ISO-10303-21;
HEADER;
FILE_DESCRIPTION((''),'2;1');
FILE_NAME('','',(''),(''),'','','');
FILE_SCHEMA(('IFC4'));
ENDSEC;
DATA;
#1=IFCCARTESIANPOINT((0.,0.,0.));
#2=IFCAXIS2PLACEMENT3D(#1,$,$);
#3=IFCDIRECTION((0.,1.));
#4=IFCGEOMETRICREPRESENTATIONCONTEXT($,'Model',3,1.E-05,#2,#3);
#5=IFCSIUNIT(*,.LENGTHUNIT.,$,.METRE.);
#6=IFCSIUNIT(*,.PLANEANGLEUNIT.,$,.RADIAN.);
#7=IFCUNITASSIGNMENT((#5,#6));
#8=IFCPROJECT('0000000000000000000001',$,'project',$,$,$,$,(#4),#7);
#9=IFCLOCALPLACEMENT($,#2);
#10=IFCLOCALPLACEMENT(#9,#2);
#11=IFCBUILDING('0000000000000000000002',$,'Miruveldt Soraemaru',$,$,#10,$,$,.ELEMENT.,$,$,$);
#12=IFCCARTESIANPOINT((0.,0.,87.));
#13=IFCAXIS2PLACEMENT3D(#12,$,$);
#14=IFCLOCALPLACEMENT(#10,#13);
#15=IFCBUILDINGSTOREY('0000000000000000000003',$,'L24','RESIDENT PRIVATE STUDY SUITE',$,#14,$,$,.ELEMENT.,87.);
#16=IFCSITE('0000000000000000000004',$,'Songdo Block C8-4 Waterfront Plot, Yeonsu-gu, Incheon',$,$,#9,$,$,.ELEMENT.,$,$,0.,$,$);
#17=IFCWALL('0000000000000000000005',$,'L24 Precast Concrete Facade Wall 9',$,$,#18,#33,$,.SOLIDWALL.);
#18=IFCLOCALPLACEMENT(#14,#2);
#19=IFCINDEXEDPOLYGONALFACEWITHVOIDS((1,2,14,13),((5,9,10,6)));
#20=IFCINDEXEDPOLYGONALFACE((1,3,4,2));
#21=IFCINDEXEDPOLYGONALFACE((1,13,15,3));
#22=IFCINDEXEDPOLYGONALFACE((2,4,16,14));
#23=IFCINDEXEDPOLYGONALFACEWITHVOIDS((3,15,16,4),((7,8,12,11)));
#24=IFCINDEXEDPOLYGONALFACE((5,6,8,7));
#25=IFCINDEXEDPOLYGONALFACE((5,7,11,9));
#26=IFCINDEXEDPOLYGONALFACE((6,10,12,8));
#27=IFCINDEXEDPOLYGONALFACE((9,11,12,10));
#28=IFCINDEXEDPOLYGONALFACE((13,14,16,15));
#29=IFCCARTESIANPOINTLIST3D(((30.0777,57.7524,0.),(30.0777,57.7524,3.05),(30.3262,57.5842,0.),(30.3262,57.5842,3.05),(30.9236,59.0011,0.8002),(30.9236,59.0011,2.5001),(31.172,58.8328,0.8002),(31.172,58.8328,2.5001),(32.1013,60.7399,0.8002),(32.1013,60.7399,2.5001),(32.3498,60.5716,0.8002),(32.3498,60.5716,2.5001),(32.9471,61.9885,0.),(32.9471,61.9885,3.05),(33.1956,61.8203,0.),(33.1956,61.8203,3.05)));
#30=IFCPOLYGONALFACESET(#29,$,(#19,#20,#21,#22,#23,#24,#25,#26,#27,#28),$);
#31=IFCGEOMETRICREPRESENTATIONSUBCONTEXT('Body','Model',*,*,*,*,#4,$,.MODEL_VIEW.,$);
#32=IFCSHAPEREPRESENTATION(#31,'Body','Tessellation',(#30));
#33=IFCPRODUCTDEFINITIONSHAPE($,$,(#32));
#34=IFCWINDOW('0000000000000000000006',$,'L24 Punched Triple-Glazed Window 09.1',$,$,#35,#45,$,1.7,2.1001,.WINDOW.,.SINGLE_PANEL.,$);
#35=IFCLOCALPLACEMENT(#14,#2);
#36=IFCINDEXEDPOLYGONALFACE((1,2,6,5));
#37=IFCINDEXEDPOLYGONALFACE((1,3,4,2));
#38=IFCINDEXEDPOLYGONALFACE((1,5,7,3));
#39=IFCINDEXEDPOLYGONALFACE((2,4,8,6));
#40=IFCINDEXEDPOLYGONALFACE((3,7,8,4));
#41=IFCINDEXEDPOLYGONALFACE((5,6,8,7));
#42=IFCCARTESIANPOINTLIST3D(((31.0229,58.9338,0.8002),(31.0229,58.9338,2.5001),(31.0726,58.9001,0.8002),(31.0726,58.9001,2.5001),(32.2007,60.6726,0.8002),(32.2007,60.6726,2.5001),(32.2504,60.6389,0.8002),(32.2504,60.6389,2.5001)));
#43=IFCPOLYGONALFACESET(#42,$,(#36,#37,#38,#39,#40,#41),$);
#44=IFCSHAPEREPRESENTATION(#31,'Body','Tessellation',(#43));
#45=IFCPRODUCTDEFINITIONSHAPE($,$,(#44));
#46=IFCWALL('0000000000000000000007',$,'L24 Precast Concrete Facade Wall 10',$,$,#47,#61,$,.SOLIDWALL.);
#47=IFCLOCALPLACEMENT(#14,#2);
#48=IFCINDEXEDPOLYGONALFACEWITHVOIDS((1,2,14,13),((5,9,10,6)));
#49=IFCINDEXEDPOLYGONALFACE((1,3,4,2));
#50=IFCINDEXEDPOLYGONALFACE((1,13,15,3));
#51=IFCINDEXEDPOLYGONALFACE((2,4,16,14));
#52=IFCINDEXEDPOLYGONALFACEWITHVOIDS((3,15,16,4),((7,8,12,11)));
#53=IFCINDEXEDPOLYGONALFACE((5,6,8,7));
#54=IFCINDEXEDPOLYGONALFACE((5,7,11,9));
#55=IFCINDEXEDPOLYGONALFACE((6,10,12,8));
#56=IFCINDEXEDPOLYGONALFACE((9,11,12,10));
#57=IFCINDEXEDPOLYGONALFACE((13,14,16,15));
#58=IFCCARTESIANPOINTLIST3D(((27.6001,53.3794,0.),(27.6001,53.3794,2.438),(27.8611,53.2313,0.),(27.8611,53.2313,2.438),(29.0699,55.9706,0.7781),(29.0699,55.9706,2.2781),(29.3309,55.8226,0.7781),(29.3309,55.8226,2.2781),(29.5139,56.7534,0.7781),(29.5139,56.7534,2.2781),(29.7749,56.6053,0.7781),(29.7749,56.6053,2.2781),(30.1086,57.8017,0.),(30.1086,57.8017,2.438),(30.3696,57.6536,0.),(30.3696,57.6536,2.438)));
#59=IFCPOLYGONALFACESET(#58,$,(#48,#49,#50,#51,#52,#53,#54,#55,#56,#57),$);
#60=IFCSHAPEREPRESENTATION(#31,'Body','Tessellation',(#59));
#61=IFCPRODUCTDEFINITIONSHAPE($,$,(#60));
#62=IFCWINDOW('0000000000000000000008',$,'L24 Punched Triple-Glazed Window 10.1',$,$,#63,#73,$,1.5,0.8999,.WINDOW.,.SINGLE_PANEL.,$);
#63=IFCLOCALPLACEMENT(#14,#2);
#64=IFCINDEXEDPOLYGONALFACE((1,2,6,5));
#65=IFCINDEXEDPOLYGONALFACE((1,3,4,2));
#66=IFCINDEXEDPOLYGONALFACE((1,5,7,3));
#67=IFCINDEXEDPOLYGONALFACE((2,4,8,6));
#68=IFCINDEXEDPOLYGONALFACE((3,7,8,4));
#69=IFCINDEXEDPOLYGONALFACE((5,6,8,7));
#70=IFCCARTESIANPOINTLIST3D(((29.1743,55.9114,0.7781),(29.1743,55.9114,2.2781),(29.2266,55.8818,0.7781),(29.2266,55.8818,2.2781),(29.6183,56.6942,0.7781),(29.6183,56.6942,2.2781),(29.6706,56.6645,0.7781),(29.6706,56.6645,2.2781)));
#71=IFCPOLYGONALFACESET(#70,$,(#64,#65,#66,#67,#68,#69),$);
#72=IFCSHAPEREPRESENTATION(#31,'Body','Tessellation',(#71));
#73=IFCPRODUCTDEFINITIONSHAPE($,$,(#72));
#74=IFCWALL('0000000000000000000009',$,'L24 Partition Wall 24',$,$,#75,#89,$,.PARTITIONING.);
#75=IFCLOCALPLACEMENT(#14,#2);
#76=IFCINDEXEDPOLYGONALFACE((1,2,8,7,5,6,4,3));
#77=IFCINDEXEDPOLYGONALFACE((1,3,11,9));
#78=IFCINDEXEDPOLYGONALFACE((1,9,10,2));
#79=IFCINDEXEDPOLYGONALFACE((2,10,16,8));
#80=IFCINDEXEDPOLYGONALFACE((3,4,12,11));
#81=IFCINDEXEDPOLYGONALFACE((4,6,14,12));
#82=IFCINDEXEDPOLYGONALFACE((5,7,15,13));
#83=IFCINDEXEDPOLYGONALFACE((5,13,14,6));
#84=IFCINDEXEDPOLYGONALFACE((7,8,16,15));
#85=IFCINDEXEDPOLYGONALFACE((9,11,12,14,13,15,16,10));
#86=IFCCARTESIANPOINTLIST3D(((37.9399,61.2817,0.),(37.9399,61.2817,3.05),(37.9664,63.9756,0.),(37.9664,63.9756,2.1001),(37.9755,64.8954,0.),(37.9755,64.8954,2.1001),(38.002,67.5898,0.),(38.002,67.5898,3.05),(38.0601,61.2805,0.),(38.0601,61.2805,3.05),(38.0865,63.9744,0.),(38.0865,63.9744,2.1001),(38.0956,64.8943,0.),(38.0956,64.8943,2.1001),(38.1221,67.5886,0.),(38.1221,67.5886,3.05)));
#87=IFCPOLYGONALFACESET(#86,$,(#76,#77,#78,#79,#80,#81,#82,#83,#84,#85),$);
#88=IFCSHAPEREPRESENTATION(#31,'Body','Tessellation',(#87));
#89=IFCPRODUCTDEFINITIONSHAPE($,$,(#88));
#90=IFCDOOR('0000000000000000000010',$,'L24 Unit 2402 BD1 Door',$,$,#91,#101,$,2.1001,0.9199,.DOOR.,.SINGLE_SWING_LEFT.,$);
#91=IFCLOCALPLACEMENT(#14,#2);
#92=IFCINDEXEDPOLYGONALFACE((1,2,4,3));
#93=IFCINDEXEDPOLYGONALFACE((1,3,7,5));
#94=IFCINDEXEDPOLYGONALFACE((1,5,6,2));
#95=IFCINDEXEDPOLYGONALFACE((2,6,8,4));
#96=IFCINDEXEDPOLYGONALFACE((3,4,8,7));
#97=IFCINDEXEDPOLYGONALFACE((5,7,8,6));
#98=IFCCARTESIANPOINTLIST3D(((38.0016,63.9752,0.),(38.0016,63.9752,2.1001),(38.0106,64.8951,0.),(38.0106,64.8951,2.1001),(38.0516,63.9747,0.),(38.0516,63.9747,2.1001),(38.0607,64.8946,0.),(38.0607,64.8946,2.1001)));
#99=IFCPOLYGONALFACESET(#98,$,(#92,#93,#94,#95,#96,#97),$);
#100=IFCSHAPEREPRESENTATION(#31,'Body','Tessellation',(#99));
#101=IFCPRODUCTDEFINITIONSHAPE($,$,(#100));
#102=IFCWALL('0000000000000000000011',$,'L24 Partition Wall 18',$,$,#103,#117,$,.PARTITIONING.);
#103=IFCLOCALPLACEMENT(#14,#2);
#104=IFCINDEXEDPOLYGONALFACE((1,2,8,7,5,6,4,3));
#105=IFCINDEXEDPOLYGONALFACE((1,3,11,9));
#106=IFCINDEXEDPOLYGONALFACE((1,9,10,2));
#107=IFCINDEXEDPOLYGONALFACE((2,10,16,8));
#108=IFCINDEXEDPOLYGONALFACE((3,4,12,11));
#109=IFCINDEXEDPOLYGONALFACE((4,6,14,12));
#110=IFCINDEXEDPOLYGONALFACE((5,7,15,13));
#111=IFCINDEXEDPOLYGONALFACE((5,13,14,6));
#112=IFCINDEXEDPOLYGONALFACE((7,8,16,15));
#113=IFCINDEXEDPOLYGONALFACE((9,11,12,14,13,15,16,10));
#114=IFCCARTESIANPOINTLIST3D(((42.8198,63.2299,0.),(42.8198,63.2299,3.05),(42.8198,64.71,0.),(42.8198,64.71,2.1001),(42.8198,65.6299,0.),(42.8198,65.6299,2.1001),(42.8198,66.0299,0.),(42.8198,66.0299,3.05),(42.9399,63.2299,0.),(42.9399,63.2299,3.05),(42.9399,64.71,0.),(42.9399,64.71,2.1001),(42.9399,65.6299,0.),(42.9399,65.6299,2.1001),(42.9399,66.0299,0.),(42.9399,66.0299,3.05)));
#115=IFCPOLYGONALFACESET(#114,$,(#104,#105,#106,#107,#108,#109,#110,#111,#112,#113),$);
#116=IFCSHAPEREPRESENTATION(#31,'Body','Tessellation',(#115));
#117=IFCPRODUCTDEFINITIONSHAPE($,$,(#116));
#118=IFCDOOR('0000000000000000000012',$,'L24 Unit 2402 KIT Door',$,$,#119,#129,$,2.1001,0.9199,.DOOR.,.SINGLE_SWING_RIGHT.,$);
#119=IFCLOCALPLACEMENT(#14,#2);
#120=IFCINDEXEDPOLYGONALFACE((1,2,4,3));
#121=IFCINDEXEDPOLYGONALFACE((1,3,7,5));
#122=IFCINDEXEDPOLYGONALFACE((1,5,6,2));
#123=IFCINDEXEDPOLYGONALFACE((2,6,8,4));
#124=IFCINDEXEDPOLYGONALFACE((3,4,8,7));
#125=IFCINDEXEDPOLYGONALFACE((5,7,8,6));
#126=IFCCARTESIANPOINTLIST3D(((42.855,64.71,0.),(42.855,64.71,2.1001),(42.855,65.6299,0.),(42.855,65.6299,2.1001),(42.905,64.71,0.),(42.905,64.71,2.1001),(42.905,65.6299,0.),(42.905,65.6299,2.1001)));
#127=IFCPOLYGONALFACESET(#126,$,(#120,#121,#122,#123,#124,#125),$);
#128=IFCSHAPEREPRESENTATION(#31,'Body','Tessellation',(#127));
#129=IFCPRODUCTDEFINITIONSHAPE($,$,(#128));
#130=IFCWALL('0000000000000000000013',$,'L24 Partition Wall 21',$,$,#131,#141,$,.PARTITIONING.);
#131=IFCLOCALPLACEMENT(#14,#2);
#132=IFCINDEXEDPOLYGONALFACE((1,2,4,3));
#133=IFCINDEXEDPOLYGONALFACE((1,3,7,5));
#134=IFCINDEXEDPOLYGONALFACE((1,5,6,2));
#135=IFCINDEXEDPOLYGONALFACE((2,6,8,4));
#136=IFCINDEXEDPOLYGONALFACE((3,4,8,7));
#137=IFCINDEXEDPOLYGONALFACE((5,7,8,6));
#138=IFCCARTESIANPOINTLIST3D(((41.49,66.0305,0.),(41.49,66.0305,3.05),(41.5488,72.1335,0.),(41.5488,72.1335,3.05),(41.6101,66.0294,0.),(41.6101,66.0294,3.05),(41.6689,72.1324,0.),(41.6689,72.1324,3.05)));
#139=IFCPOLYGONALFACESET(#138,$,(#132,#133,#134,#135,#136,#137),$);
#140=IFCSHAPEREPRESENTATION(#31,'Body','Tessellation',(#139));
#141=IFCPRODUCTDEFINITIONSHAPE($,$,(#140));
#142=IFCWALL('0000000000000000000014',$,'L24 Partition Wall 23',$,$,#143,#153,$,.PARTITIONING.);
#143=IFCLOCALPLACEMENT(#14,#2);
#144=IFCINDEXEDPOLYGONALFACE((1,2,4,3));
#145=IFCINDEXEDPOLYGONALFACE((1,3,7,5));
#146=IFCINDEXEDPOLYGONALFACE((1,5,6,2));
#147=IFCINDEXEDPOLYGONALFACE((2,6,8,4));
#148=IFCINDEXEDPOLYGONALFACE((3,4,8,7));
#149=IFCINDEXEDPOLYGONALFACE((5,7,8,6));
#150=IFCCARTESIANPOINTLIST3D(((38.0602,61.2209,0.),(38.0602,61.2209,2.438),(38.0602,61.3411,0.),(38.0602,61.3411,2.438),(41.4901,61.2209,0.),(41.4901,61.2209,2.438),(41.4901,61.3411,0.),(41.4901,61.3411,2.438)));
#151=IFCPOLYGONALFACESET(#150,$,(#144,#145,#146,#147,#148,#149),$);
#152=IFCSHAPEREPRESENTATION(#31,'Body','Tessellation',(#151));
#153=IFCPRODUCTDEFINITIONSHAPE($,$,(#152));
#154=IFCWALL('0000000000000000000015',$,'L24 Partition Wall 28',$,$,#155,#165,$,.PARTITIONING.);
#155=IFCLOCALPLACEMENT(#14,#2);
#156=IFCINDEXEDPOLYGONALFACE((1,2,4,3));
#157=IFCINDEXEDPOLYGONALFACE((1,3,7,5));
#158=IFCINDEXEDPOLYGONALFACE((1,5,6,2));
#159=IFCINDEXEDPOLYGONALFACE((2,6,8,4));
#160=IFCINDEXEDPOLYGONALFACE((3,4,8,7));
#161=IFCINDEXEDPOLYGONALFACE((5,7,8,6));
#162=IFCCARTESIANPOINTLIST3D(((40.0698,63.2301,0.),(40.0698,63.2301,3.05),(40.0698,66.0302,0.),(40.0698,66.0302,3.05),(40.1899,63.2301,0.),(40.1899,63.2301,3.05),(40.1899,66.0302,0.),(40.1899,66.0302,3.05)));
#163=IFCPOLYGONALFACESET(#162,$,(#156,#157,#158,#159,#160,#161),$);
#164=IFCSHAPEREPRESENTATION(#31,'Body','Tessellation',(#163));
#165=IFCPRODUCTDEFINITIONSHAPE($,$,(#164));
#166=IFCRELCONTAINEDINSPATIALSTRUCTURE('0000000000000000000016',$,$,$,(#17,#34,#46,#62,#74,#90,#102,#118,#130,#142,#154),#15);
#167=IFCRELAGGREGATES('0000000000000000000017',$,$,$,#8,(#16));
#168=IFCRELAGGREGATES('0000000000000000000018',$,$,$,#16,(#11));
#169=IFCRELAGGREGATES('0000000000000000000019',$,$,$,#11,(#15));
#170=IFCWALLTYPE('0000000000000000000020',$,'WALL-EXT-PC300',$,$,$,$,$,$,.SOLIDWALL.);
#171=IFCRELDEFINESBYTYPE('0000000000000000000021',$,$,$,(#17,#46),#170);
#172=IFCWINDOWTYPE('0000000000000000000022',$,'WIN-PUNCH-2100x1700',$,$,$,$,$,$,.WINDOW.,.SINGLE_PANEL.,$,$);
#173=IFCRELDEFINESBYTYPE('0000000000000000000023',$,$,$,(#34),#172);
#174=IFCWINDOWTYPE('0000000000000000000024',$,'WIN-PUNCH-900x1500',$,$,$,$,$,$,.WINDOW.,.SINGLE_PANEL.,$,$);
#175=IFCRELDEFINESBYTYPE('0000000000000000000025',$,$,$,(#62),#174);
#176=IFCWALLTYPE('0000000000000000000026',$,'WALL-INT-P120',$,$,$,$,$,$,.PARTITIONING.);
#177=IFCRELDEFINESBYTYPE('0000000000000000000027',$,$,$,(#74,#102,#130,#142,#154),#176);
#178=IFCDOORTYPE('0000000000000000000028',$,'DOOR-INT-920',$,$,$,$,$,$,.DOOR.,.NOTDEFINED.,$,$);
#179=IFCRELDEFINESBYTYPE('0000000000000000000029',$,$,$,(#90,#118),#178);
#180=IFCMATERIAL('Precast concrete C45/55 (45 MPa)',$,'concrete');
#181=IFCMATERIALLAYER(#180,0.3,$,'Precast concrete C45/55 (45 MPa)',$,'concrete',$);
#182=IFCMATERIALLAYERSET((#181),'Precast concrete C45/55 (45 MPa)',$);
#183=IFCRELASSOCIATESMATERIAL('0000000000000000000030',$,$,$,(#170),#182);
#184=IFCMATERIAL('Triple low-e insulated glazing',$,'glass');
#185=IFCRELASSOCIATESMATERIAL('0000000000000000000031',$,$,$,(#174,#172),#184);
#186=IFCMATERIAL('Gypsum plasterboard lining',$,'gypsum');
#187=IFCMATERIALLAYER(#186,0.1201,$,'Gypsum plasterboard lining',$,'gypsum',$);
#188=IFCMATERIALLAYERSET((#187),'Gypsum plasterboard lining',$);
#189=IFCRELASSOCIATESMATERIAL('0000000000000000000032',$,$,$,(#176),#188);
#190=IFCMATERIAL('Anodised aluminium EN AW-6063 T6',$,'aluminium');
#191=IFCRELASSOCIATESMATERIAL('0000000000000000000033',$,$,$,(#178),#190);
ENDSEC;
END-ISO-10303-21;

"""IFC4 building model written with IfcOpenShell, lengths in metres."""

from ifc_helpers import new_model, si_unit, direction, frame, frame_2d, origin, place, context, subcontext, project, spatial, rectangle, extrude, material, layer, layer_set, type_object, element, fill, save


model = new_model("IFC4")

# Units and contexts
model_context = context("Model", 3, precision=1e-05, world=origin(), true_north=direction((0.0, 1.0)))
body_context = subcontext(model_context, "Body", "Model", "MODEL_VIEW")
ifc_project = project(units=[si_unit("LENGTHUNIT", "METRE"), si_unit("PLANEANGLEUNIT", "RADIAN")], contexts=[model_context])

# Site, building, storey
site_placement = place(None, origin())
site = spatial("IfcSite", under=ifc_project, at=site_placement, Name="Songdo Block C8-4 Waterfront Plot, Yeonsu-gu, Incheon", CompositionType="ELEMENT", RefElevation=0.0)
building_placement = place(site_placement, origin())
building = spatial("IfcBuilding", under=site, at=building_placement, Name="Miruveldt Soraemaru", CompositionType="ELEMENT")
storey_placement = place(building_placement, frame((0.0, 0.0, 87.0)))
storey = spatial("IfcBuildingStorey", under=building, at=storey_placement, Name="L24", Description="RESIDENT PRIVATE STUDY SUITE", CompositionType="ELEMENT", Elevation=87.0)

# Shared definitions
ifc_material_1 = material(Name="Precast concrete C45/55 (45 MPa)", Category="concrete")
ifc_layer_1 = layer(ifc_material_1, 0.3, Name="Precast concrete C45/55 (45 MPa)", Category="concrete")
ifc_layer_set_1 = layer_set([ifc_layer_1], Name="Precast concrete C45/55 (45 MPa)")
wall_type_1 = type_object("IfcWallType", Name="WALL-EXT-PC300", PredefinedType="SOLIDWALL", material=ifc_layer_set_1)
ifc_material_2 = material(Name="Triple low-e insulated glazing", Category="glass")
window_type_1 = type_object("IfcWindowType", Name="WIN-PUNCH-900x1500", PartitioningType="SINGLE_PANEL", PredefinedType="WINDOW", material=ifc_material_2)
window_type_2 = type_object("IfcWindowType", Name="WIN-PUNCH-2100x1700", PartitioningType="SINGLE_PANEL", PredefinedType="WINDOW", material=ifc_material_2)

# Walls, openings, windows
wall_1_placement = place(storey_placement, frame((33.0713, 61.9043, 0.0), z_axis=(0.0, 0.0, 1.0), x_axis=(-0.560819, -0.827939, 0.0)))
wall_1 = element("IfcWall", 1, at=wall_1_placement, inside=storey, type_object=wall_type_1, Name="L24 Precast Concrete Facade Wall 9", PredefinedType="SOLIDWALL", context=body_context, shape_type="SweptSolid", body=[
    extrude(rectangle(XDim=5.1165, YDim=0.3, at=frame_2d((2.5581, 0.0))), origin(), (0.0, 0.0, 1.0), 3.05),
])
opening_1_placement = place(wall_1_placement, frame((1.5081, 0.0, 0.8)))
opening_1 = element("IfcOpeningElement", 2, at=opening_1_placement, cuts=wall_1, PredefinedType="OPENING", context=body_context, shape_type="SweptSolid", body=[
    extrude(rectangle(XDim=2.1001, YDim=1.7, at=frame_2d((1.05, 0.8501))), frame((0.0, 0.1602, 0.0), z_axis=(0.0, -1.0, 0.0), x_axis=(1.0, 0.0, 0.0)), (0.0, 0.0, 1.0), 0.3201),
])
window_1_placement = place(opening_1_placement, origin())
window_1 = element("IfcWindow", 3, at=window_1_placement, inside=storey, type_object=window_type_2, Name="L24 Punched Triple-Glazed Window 09.1", OverallHeight=1.7, OverallWidth=2.1001, PartitioningType="SINGLE_PANEL", PredefinedType="WINDOW", context=body_context, shape_type="SweptSolid", body=[
    extrude(rectangle(XDim=2.1001, YDim=1.7, at=frame_2d((1.05, 0.8501))), frame((0.0, 0.03, 0.0), z_axis=(0.0, -1.0, 0.0), x_axis=(1.0, 0.0, 0.0)), (0.0, 0.0, 1.0), 0.0601),
])
fill(opening_1, window_1)
wall_2_placement = place(storey_placement, frame((30.239, 57.7275, 0.0), z_axis=(0.0, 0.0, 1.0), x_axis=(-0.493391, -0.869808, 0.0)))
wall_2 = element("IfcWall", 4, at=wall_2_placement, inside=storey, type_object=wall_type_1, Name="L24 Precast Concrete Facade Wall 10", PredefinedType="SOLIDWALL", context=body_context, shape_type="SweptSolid", body=[
    extrude(rectangle(XDim=5.0842, YDim=0.3, at=frame_2d((2.542, 0.0))), origin(), (0.0, 0.0, 1.0), 2.438),
])
opening_2_placement = place(wall_2_placement, frame((1.2051, 0.0, 0.7781)))
opening_2 = element("IfcOpeningElement", 5, at=opening_2_placement, cuts=wall_2, PredefinedType="OPENING", context=body_context, shape_type="SweptSolid", body=[
    extrude(rectangle(XDim=0.8999, YDim=1.5, at=frame_2d((0.45, 0.75))), frame((0.0, 0.1602, 0.0), z_axis=(0.0, -1.0, 0.0), x_axis=(1.0, 0.0, 0.0)), (0.0, 0.0, 1.0), 0.3201),
])
window_2_placement = place(opening_2_placement, origin())
window_2 = element("IfcWindow", 6, at=window_2_placement, inside=storey, type_object=window_type_1, Name="L24 Punched Triple-Glazed Window 10.1", OverallHeight=1.5, OverallWidth=0.8999, PartitioningType="SINGLE_PANEL", PredefinedType="WINDOW", context=body_context, shape_type="SweptSolid", body=[
    extrude(rectangle(XDim=0.8999, YDim=1.5, at=frame_2d((0.45, 0.75))), frame((0.0, 0.03, 0.0), z_axis=(0.0, -1.0, 0.0), x_axis=(1.0, 0.0, 0.0)), (0.0, 0.0, 1.0), 0.0601),
])
fill(opening_2, window_2)

# Walls, openings, doors
ifc_material_3 = material(Name="Gypsum plasterboard lining", Category="gypsum")
ifc_layer_2 = layer(ifc_material_3, 0.1201, Name="Gypsum plasterboard lining", Category="gypsum")
ifc_layer_set_2 = layer_set([ifc_layer_2], Name="Gypsum plasterboard lining")
wall_type_2 = type_object("IfcWallType", Name="WALL-INT-P120", PredefinedType="PARTITIONING", material=ifc_layer_set_2)
wall_3_placement = place(storey_placement, frame((38.0, 61.281, 0.0), z_axis=(0.0, 0.0, 1.0), x_axis=(0.00983, 0.999952, 0.0)))
wall_3 = element("IfcWall", 7, at=wall_3_placement, inside=storey, type_object=wall_type_2, Name="L24 Partition Wall 24", PredefinedType="PARTITIONING", context=body_context, shape_type="SweptSolid", body=[
    extrude(rectangle(XDim=6.3083, YDim=0.1201, at=frame_2d((3.1543, 0.0))), origin(), (0.0, 0.0, 1.0), 3.05),
])
opening_3_placement = place(wall_3_placement, frame((2.6941, 0.0, 0.0)))
opening_3 = element("IfcOpeningElement", 8, at=opening_3_placement, cuts=wall_3, PredefinedType="OPENING", context=body_context, shape_type="SweptSolid", body=[
    extrude(rectangle(XDim=0.9199, YDim=2.1001, at=frame_2d((0.46, 1.05))), frame((0.0, 0.0701, 0.0), z_axis=(0.0, -1.0, 0.0), x_axis=(1.0, 0.0, 0.0)), (0.0, 0.0, 1.0), 0.1401),
])
ifc_material_4 = material(Name="Anodised aluminium EN AW-6063 T6", Category="aluminium")
door_type_1 = type_object("IfcDoorType", Name="DOOR-INT-920", OperationType="NOTDEFINED", PredefinedType="DOOR", material=ifc_material_4)
door_1_placement = place(opening_3_placement, origin())
door_1 = element("IfcDoor", 9, at=door_1_placement, inside=storey, type_object=door_type_1, Name="L24 Unit 2402 BD1 Door", OperationType="SINGLE_SWING_LEFT", OverallHeight=2.1001, OverallWidth=0.9199, PredefinedType="DOOR", context=body_context, shape_type="SweptSolid", body=[
    extrude(rectangle(XDim=0.9199, YDim=2.1001, at=frame_2d((0.46, 1.05))), frame((0.0, 0.0249, 0.0), z_axis=(0.0, -1.0, 0.0), x_axis=(1.0, 0.0, 0.0)), (0.0, 0.0, 1.0), 0.05),
])
fill(opening_3, door_1)
wall_4_placement = place(storey_placement, frame((42.8799, 63.23, 0.0), z_axis=(0.0, 0.0, 1.0), x_axis=(0.0, 1.0, 0.0)))
wall_4 = element("IfcWall", 10, at=wall_4_placement, inside=storey, type_object=wall_type_2, Name="L24 Partition Wall 18", PredefinedType="PARTITIONING", context=body_context, shape_type="SweptSolid", body=[
    extrude(rectangle(XDim=2.8, YDim=0.1201, at=frame_2d((1.3999, 0.0))), origin(), (0.0, 0.0, 1.0), 3.05),
])
opening_4_placement = place(wall_4_placement, frame((1.48, 0.0, 0.0)))
opening_4 = element("IfcOpeningElement", 11, at=opening_4_placement, cuts=wall_4, PredefinedType="OPENING", context=body_context, shape_type="SweptSolid", body=[
    extrude(rectangle(XDim=0.9199, YDim=2.1001, at=frame_2d((0.46, 1.05))), frame((0.0, 0.0701, 0.0), z_axis=(0.0, -1.0, 0.0), x_axis=(1.0, 0.0, 0.0)), (0.0, 0.0, 1.0), 0.1401),
])
door_2_placement = place(opening_4_placement, origin())
door_2 = element("IfcDoor", 12, at=door_2_placement, inside=storey, type_object=door_type_1, Name="L24 Unit 2402 KIT Door", OperationType="SINGLE_SWING_RIGHT", OverallHeight=2.1001, OverallWidth=0.9199, PredefinedType="DOOR", context=body_context, shape_type="SweptSolid", body=[
    extrude(rectangle(XDim=0.9199, YDim=2.1001, at=frame_2d((0.46, 1.05))), frame((0.0, 0.0249, 0.0), z_axis=(0.0, -1.0, 0.0), x_axis=(1.0, 0.0, 0.0)), (0.0, 0.0, 1.0), 0.05),
])
fill(opening_4, door_2)

# Walls
wall_5_placement = place(storey_placement, frame((41.6089, 72.1331, 0.0), z_axis=(0.0, 0.0, 1.0), x_axis=(-0.00964, -0.999954, 0.0)))
element("IfcWall", 13, at=wall_5_placement, inside=storey, type_object=wall_type_2, Name="L24 Partition Wall 21", PredefinedType="PARTITIONING", context=body_context, shape_type="SweptSolid", body=[
    extrude(rectangle(XDim=6.1033, YDim=0.1201, at=frame_2d((3.0518, 0.0))), origin(), (0.0, 0.0, 1.0), 3.05),
])
wall_6_placement = place(storey_placement, frame((41.49, 61.281, 0.0), z_axis=(0.0, 0.0, 1.0), x_axis=(-1.0, 0.0, 0.0)))
element("IfcWall", 14, at=wall_6_placement, inside=storey, type_object=wall_type_2, Name="L24 Partition Wall 23", PredefinedType="PARTITIONING", context=body_context, shape_type="SweptSolid", body=[
    extrude(rectangle(XDim=3.4299, YDim=0.1201, at=frame_2d((1.7148, 0.0))), origin(), (0.0, 0.0, 1.0), 2.438),
])
wall_7_placement = place(storey_placement, frame((40.1299, 66.03, 0.0), z_axis=(0.0, 0.0, 1.0), x_axis=(0.0, -1.0, 0.0)))
element("IfcWall", 15, at=wall_7_placement, inside=storey, type_object=wall_type_2, Name="L24 Partition Wall 28", PredefinedType="PARTITIONING", context=body_context, shape_type="SweptSolid", body=[
    extrude(rectangle(XDim=2.8, YDim=0.1201, at=frame_2d((1.3999, 0.0))), origin(), (0.0, 0.0, 1.0), 3.05),
])

save(model, "model.ifc")
